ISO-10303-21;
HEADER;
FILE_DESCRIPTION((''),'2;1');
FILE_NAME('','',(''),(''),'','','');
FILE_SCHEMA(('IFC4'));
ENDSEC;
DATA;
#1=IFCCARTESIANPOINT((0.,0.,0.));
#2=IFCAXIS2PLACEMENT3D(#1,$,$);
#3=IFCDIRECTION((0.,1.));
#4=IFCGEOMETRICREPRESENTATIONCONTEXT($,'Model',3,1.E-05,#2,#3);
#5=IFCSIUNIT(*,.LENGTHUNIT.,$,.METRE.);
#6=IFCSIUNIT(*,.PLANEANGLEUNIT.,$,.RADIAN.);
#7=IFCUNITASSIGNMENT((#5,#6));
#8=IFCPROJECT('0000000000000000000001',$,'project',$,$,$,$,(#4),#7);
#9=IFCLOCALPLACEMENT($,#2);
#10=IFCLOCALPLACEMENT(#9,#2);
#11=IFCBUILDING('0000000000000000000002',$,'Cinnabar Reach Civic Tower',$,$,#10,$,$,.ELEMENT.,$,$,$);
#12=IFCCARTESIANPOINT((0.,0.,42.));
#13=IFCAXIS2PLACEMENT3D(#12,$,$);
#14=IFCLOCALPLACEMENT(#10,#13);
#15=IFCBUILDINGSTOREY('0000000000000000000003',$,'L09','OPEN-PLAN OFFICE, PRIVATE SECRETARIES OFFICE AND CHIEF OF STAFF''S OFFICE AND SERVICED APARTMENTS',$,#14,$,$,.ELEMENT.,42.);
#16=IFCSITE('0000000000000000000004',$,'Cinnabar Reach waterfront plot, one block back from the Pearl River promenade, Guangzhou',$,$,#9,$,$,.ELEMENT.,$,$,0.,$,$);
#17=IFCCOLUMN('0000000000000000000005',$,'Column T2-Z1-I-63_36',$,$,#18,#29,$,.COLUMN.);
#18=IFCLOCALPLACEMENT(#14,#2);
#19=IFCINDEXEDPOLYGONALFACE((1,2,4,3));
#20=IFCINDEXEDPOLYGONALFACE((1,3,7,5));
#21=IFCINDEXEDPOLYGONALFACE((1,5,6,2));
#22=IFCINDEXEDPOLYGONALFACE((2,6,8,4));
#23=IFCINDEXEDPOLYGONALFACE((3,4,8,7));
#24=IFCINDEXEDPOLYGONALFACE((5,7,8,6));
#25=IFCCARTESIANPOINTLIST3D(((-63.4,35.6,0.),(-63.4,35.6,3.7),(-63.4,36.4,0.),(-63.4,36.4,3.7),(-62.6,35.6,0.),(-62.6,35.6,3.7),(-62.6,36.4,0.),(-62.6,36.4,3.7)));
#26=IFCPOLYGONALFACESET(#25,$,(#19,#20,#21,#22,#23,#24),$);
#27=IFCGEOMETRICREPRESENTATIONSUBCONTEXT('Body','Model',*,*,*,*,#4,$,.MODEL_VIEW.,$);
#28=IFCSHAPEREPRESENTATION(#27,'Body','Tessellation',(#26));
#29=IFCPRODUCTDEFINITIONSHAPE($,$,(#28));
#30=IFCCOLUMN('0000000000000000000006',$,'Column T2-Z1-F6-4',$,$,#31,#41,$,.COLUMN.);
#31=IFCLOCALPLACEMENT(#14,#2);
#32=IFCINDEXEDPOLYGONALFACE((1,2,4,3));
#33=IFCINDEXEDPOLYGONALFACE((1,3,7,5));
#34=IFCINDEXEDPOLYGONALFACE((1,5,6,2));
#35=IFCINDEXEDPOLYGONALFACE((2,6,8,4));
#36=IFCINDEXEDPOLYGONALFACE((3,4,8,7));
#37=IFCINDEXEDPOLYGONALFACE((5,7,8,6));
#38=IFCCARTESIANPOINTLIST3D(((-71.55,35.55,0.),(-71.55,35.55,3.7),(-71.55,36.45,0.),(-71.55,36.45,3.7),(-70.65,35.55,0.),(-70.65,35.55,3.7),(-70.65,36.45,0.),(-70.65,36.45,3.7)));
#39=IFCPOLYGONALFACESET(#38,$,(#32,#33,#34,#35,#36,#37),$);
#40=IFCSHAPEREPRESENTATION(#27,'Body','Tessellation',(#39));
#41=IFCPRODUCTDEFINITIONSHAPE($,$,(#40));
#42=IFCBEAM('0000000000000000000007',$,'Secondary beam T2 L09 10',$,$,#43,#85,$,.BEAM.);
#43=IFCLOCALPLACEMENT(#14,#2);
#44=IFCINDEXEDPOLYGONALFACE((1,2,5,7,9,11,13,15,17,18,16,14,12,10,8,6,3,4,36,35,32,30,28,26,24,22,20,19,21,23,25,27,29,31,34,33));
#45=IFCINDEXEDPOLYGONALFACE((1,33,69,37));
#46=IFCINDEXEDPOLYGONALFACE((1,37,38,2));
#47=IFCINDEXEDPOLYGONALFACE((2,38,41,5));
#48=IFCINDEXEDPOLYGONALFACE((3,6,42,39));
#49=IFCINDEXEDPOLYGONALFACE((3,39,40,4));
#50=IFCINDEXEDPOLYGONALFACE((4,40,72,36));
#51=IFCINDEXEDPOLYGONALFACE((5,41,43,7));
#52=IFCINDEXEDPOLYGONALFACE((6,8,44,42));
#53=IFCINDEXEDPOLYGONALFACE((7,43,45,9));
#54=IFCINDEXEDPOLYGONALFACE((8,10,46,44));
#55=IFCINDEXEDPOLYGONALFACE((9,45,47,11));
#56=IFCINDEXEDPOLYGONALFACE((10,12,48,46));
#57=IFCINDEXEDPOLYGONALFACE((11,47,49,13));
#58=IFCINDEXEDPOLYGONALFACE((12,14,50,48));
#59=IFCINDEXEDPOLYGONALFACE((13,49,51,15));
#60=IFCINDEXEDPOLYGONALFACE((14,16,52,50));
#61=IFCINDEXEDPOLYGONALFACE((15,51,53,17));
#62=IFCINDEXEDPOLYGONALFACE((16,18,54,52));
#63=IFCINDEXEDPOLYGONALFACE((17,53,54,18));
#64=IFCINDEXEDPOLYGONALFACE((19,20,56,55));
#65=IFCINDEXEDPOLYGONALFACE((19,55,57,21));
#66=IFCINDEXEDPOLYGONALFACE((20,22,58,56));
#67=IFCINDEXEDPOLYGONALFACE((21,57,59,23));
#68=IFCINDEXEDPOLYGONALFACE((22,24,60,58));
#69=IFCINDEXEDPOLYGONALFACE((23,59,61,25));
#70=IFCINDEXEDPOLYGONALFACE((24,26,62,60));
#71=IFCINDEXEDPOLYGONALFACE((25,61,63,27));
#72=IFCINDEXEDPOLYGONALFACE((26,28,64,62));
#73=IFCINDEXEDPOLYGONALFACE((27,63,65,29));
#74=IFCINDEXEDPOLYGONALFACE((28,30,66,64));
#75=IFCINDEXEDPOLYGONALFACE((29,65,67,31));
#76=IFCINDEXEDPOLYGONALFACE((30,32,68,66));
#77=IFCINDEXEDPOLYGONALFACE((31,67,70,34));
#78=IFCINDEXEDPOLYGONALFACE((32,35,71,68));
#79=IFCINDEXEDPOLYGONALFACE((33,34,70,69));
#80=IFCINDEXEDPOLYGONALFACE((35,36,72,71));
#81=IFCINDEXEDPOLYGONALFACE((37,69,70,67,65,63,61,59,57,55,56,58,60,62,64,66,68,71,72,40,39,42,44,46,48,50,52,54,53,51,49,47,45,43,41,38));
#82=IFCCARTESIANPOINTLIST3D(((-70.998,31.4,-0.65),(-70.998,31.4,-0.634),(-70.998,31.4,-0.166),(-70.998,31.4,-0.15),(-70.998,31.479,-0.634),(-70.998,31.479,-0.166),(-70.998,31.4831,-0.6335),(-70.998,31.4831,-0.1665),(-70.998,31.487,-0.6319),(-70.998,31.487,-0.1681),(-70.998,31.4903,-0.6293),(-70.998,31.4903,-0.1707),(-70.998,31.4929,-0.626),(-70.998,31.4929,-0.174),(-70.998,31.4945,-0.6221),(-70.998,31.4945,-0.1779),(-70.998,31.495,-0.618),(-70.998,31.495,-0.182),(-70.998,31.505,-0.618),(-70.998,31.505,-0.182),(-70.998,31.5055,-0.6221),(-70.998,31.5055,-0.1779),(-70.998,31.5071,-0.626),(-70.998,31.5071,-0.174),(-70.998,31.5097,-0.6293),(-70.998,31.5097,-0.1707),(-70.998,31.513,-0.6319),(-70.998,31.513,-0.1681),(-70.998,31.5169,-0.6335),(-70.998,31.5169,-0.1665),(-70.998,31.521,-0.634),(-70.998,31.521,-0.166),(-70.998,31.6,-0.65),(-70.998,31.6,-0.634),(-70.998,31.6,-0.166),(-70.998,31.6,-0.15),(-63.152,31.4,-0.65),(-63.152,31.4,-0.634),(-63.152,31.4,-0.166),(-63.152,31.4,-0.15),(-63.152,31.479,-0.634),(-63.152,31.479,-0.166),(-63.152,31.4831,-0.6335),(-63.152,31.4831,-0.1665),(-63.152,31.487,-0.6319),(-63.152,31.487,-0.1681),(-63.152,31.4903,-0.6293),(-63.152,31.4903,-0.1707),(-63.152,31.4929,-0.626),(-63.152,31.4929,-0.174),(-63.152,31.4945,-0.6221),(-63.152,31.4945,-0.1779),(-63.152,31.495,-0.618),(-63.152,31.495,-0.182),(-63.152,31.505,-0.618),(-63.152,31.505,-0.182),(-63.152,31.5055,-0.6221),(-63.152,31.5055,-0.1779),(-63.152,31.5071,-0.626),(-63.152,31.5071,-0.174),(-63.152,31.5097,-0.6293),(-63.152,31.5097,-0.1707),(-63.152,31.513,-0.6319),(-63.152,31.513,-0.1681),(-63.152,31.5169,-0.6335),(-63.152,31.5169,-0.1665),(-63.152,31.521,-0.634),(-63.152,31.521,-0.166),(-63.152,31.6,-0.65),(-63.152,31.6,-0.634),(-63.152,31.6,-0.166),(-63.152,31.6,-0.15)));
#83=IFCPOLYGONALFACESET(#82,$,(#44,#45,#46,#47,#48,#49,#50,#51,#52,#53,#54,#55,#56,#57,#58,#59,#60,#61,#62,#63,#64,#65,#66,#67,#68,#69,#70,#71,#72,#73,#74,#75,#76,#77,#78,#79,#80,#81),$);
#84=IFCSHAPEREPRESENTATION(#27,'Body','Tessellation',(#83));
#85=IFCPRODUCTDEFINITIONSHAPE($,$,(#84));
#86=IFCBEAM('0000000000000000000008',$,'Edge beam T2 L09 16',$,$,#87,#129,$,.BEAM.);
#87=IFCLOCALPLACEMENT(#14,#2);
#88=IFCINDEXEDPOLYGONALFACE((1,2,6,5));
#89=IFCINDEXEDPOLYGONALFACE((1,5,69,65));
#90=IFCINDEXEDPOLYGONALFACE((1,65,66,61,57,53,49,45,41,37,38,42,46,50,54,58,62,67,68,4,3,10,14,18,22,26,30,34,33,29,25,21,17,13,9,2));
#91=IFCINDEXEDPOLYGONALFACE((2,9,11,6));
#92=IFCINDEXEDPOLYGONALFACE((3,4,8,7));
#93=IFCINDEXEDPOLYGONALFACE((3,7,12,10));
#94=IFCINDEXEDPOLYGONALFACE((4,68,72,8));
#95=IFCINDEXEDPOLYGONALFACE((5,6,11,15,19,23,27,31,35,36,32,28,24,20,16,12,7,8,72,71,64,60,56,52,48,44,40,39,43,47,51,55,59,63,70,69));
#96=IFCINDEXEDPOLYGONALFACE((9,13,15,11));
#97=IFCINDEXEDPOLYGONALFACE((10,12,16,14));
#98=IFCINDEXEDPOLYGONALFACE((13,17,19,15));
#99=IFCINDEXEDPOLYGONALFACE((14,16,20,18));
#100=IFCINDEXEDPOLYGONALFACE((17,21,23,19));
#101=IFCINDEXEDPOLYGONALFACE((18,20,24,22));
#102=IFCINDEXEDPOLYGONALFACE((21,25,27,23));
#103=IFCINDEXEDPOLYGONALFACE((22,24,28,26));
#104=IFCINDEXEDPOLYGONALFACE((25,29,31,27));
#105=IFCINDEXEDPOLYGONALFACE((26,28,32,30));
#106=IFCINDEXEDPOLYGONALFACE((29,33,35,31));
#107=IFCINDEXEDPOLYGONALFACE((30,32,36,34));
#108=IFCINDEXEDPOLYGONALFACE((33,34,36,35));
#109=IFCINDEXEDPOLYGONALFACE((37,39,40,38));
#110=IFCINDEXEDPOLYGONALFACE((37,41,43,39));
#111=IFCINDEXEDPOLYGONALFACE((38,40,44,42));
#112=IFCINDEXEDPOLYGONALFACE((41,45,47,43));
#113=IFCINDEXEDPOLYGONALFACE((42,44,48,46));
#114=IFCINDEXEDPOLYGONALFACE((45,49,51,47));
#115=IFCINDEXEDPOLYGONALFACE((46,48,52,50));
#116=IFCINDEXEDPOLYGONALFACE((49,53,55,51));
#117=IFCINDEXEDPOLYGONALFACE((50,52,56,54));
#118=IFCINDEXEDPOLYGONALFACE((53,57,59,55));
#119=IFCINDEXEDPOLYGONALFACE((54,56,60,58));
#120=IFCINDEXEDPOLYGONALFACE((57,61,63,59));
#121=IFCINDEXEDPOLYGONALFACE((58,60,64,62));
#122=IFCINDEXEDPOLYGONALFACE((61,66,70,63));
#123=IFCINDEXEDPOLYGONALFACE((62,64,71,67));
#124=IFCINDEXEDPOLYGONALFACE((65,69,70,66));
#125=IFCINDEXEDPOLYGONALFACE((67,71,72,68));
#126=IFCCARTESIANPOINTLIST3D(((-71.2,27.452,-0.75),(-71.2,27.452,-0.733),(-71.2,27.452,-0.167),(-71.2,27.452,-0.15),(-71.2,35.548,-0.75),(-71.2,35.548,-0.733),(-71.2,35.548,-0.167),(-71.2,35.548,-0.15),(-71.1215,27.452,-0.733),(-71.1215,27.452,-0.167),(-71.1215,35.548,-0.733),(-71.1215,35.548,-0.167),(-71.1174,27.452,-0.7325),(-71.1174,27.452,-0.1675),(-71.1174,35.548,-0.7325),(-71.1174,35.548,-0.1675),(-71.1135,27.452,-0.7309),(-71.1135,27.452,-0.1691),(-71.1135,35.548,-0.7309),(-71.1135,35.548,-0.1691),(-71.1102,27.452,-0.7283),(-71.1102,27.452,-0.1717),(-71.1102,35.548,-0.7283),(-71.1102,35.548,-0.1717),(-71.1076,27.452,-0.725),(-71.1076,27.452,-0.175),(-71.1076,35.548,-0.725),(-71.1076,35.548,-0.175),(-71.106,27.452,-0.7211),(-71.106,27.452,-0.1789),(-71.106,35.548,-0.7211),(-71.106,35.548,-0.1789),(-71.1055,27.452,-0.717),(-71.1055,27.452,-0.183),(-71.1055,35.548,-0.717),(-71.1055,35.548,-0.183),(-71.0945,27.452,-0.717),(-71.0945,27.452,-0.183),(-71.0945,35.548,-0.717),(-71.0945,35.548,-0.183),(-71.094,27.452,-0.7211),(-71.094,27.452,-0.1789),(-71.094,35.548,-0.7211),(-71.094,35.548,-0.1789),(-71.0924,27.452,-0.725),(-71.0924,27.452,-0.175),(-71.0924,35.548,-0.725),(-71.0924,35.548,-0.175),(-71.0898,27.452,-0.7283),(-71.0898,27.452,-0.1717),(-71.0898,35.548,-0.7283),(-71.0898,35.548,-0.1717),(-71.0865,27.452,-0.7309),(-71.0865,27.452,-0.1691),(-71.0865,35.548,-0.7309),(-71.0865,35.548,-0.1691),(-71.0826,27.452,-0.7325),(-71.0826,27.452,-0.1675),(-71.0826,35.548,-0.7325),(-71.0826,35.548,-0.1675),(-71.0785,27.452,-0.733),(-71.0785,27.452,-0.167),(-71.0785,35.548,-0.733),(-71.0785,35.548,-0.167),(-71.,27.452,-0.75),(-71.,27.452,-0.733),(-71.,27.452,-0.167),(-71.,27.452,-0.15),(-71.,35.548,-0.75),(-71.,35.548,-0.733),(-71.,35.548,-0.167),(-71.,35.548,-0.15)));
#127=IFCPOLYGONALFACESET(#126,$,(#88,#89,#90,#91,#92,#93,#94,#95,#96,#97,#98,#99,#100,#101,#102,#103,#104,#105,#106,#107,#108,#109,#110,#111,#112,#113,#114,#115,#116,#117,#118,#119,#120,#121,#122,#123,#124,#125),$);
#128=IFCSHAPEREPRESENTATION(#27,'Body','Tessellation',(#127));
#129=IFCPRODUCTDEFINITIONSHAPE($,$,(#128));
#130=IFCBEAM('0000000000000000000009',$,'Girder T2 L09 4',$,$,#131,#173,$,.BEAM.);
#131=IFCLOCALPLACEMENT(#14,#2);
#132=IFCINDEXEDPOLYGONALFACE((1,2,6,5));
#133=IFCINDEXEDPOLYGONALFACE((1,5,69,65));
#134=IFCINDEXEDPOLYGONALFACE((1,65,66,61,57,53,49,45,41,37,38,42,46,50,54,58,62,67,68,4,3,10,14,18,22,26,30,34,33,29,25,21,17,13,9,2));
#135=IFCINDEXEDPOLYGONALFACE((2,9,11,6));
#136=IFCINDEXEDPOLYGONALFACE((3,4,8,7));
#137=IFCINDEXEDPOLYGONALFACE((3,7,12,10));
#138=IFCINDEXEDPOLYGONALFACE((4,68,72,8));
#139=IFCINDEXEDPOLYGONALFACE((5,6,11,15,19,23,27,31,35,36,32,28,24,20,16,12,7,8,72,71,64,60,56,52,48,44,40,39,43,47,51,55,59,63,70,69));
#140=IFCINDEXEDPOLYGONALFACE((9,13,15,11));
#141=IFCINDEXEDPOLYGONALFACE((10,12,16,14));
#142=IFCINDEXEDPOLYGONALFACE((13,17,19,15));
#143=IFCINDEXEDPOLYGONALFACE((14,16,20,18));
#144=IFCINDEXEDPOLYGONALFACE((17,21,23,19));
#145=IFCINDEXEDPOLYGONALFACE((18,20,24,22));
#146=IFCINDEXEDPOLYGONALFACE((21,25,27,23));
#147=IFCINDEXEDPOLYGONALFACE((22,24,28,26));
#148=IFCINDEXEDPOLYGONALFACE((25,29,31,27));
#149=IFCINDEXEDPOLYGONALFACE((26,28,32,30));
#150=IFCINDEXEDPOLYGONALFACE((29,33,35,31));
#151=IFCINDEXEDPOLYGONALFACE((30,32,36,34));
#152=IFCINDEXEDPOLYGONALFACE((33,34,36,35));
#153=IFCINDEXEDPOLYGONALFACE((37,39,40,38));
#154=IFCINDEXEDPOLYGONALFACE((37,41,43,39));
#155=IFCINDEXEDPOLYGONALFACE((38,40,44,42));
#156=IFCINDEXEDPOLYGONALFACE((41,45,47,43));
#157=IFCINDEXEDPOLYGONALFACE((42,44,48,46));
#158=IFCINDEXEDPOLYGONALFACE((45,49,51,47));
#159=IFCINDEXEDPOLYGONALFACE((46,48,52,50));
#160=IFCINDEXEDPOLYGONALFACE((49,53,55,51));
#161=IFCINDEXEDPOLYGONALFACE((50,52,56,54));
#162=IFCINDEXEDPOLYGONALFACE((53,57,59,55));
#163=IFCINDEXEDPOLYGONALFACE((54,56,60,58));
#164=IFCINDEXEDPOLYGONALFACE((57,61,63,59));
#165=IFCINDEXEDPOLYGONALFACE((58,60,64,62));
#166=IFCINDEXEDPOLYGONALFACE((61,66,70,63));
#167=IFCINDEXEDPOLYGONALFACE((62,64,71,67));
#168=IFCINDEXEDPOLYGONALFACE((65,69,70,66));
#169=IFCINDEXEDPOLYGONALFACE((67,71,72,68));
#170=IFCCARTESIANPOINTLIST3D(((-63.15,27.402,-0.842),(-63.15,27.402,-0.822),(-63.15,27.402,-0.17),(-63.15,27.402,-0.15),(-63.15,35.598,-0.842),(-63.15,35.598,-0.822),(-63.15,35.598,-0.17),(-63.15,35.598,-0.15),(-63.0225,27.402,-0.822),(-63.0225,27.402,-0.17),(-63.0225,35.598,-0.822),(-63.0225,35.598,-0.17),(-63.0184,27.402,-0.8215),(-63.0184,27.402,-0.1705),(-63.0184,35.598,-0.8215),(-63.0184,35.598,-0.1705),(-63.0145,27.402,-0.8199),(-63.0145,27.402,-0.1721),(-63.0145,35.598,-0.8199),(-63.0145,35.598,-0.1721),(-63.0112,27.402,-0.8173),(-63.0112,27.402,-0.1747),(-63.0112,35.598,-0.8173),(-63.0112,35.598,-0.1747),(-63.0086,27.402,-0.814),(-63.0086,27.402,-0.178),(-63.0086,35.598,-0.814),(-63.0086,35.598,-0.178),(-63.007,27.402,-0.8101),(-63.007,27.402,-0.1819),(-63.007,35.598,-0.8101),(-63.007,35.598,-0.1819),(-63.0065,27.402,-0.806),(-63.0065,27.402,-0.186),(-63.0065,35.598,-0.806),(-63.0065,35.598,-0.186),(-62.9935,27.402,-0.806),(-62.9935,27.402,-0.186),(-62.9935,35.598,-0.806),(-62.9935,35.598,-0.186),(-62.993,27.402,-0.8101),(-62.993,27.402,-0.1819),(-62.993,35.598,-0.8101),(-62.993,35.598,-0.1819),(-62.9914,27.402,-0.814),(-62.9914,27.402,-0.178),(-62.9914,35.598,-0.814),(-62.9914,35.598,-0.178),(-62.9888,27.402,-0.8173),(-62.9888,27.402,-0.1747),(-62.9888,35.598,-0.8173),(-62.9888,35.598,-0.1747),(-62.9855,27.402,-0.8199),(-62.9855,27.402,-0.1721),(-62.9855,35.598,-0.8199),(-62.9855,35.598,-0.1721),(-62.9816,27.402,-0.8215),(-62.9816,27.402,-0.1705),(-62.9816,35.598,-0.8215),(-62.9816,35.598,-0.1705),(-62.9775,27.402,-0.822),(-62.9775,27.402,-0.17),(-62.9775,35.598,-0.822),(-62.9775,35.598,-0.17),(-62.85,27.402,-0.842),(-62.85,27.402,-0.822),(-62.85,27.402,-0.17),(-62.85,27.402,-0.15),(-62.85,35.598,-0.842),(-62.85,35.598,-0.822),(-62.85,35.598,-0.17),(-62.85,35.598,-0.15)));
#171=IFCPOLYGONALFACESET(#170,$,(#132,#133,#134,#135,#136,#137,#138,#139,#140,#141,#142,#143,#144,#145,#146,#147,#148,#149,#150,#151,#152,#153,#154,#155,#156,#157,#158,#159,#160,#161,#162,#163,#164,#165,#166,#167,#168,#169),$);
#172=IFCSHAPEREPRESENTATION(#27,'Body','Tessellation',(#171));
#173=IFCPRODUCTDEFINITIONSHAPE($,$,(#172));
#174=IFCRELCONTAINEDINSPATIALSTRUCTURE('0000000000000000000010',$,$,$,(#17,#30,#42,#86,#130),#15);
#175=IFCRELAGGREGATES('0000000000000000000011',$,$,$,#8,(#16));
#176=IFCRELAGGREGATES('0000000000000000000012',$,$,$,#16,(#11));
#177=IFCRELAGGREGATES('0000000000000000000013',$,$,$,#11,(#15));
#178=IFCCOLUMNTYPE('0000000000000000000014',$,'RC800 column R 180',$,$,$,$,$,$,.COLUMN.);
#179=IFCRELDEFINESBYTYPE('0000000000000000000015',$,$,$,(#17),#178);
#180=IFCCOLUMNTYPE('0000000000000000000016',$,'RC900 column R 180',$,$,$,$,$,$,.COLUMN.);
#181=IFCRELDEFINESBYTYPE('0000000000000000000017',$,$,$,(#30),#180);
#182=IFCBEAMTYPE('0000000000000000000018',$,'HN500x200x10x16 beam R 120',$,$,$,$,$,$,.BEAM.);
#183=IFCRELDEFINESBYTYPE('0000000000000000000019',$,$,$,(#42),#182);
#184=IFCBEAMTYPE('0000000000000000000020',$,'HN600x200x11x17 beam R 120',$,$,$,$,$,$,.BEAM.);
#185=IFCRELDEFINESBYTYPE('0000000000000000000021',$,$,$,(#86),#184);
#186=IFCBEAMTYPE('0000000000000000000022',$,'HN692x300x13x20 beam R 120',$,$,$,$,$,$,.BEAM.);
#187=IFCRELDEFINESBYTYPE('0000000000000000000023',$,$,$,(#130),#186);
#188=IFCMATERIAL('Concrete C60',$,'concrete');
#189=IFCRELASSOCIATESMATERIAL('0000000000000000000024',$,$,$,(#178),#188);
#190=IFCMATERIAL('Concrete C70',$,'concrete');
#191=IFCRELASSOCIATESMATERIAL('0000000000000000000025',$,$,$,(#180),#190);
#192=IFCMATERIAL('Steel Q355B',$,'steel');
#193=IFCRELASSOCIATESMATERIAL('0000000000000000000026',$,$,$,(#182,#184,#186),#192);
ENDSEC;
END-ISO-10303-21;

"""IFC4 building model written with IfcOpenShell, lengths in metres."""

from ifc_helpers import new_model, si_unit, direction, frame, origin, origin_2d, place, context, subcontext, project, spatial, rectangle, i_section, extrude, material, material_profile, profile_set, type_object, element, save


model = new_model("IFC4")

# Units and contexts
model_context = context("Model", 3, precision=1e-05, world=origin(), true_north=direction((0.0, 1.0)))
body_context = subcontext(model_context, "Body", "Model", "MODEL_VIEW")
ifc_project = project(units=[si_unit("LENGTHUNIT", "METRE"), si_unit("PLANEANGLEUNIT", "RADIAN")], contexts=[model_context])

# Site, building, storey
site_placement = place(None, origin())
site = spatial("IfcSite", under=ifc_project, at=site_placement, Name="Cinnabar Reach waterfront plot, one block back from the Pearl River promenade, Guangzhou", CompositionType="ELEMENT", RefElevation=0.0)
building_placement = place(site_placement, origin())
building = spatial("IfcBuilding", under=site, at=building_placement, Name="Cinnabar Reach Civic Tower", CompositionType="ELEMENT")
storey_placement = place(building_placement, frame((0.0, 0.0, 42.0)))
storey = spatial("IfcBuildingStorey", under=building, at=storey_placement, Name="L09", Description="OPEN-PLAN OFFICE, PRIVATE SECRETARIES OFFICE AND CHIEF OF STAFF'S OFFICE AND SERVICED APARTMENTS", CompositionType="ELEMENT", Elevation=42.0)

# Columns
ifc_material_1 = material(Name="Concrete C60", Category="concrete")
ifc_material_profile_1 = material_profile(ifc_material_1, rectangle(XDim=0.8, YDim=0.8, at=origin_2d()), Name="RC800")
ifc_profile_set_1 = profile_set([ifc_material_profile_1], Name="Concrete C60")
column_type_1 = type_object("IfcColumnType", Name="RC800 column R 180", PredefinedType="COLUMN", material=ifc_profile_set_1)
column_1_placement = place(storey_placement, frame((-63.0, 36.0, 0.0), z_axis=(0.0, 0.0, 1.0), x_axis=(1.0, 0.0, 0.0)))
element("IfcColumn", 1, at=column_1_placement, inside=storey, type_object=column_type_1, Name="Column T2-Z1-I-63_36", PredefinedType="COLUMN", context=body_context, shape_type="SweptSolid", body=[
    extrude(rectangle(XDim=0.8, YDim=0.8, at=origin_2d()), origin(), (0.0, 0.0, 1.0), 3.7),
])
ifc_material_2 = material(Name="Concrete C70", Category="concrete")
ifc_material_profile_2 = material_profile(ifc_material_2, rectangle(XDim=0.9, YDim=0.9, at=origin_2d()), Name="RC900")
ifc_profile_set_2 = profile_set([ifc_material_profile_2], Name="Concrete C70")
column_type_2 = type_object("IfcColumnType", Name="RC900 column R 180", PredefinedType="COLUMN", material=ifc_profile_set_2)
column_2_placement = place(storey_placement, frame((-71.1, 36.0, 0.0), z_axis=(0.0, 0.0, 1.0), x_axis=(1.0, 0.0, 0.0)))
element("IfcColumn", 2, at=column_2_placement, inside=storey, type_object=column_type_2, Name="Column T2-Z1-F6-4", PredefinedType="COLUMN", context=body_context, shape_type="SweptSolid", body=[
    extrude(rectangle(XDim=0.9, YDim=0.9, at=origin_2d()), origin(), (0.0, 0.0, 1.0), 3.7),
])

# Beams
ifc_material_3 = material(Name="Steel Q355B", Category="steel")
ifc_material_profile_3 = material_profile(ifc_material_3, i_section(OverallWidth=0.2, OverallDepth=0.5, WebThickness=0.01, FlangeThickness=0.016, FilletRadius=0.016, at=origin_2d()), Name="HN500x200x10x16")
ifc_profile_set_3 = profile_set([ifc_material_profile_3], Name="Steel Q355B")
beam_type_1 = type_object("IfcBeamType", Name="HN500x200x10x16 beam R 120", PredefinedType="BEAM", material=ifc_profile_set_3)
beam_1_placement = place(storey_placement, frame((-70.998, 31.5, -0.4), z_axis=(1.0, 0.0, 0.0), x_axis=(0.0, 1.0, 0.0)))
element("IfcBeam", 3, at=beam_1_placement, inside=storey, type_object=beam_type_1, Name="Secondary beam T2 L09 10", PredefinedType="BEAM", context=body_context, shape_type="SweptSolid", body=[
    extrude(i_section(OverallWidth=0.2, OverallDepth=0.5, WebThickness=0.01, FlangeThickness=0.016, FilletRadius=0.016, at=origin_2d()), origin(), (0.0, 0.0, 1.0), 7.846),
])
ifc_material_profile_4 = material_profile(ifc_material_3, i_section(OverallWidth=0.2, OverallDepth=0.6, WebThickness=0.011, FlangeThickness=0.017, FilletRadius=0.016, at=origin_2d()), Name="HN600x200x11x17")
ifc_profile_set_4 = profile_set([ifc_material_profile_4], Name="Steel Q355B")
beam_type_2 = type_object("IfcBeamType", Name="HN600x200x11x17 beam R 120", PredefinedType="BEAM", material=ifc_profile_set_4)
beam_2_placement = place(storey_placement, frame((-71.1, 35.548, -0.45), z_axis=(0.0, -1.0, 0.0), x_axis=(1.0, 0.0, 0.0)))
element("IfcBeam", 4, at=beam_2_placement, inside=storey, type_object=beam_type_2, Name="Edge beam T2 L09 16", PredefinedType="BEAM", context=body_context, shape_type="SweptSolid", body=[
    extrude(i_section(OverallWidth=0.2, OverallDepth=0.6, WebThickness=0.011, FlangeThickness=0.017, FilletRadius=0.016, at=origin_2d()), origin(), (0.0, 0.0, 1.0), 8.096),
])
ifc_material_profile_5 = material_profile(ifc_material_3, i_section(OverallWidth=0.3, OverallDepth=0.692, WebThickness=0.013, FlangeThickness=0.02, FilletRadius=0.016, at=origin_2d()), Name="HN692x300x13x20")
ifc_profile_set_5 = profile_set([ifc_material_profile_5], Name="Steel Q355B")
beam_type_3 = type_object("IfcBeamType", Name="HN692x300x13x20 beam R 120", PredefinedType="BEAM", material=ifc_profile_set_5)
beam_3_placement = place(storey_placement, frame((-63.0, 27.402, -0.496), z_axis=(0.0, 1.0, 0.0), x_axis=(-1.0, 0.0, 0.0)))
element("IfcBeam", 5, at=beam_3_placement, inside=storey, type_object=beam_type_3, Name="Girder T2 L09 4", PredefinedType="BEAM", context=body_context, shape_type="SweptSolid", body=[
    extrude(i_section(OverallWidth=0.3, OverallDepth=0.692, WebThickness=0.013, FlangeThickness=0.02, FilletRadius=0.016, at=origin_2d()), origin(), (0.0, 0.0, 1.0), 8.196),
])

save(model, "model.ifc")
